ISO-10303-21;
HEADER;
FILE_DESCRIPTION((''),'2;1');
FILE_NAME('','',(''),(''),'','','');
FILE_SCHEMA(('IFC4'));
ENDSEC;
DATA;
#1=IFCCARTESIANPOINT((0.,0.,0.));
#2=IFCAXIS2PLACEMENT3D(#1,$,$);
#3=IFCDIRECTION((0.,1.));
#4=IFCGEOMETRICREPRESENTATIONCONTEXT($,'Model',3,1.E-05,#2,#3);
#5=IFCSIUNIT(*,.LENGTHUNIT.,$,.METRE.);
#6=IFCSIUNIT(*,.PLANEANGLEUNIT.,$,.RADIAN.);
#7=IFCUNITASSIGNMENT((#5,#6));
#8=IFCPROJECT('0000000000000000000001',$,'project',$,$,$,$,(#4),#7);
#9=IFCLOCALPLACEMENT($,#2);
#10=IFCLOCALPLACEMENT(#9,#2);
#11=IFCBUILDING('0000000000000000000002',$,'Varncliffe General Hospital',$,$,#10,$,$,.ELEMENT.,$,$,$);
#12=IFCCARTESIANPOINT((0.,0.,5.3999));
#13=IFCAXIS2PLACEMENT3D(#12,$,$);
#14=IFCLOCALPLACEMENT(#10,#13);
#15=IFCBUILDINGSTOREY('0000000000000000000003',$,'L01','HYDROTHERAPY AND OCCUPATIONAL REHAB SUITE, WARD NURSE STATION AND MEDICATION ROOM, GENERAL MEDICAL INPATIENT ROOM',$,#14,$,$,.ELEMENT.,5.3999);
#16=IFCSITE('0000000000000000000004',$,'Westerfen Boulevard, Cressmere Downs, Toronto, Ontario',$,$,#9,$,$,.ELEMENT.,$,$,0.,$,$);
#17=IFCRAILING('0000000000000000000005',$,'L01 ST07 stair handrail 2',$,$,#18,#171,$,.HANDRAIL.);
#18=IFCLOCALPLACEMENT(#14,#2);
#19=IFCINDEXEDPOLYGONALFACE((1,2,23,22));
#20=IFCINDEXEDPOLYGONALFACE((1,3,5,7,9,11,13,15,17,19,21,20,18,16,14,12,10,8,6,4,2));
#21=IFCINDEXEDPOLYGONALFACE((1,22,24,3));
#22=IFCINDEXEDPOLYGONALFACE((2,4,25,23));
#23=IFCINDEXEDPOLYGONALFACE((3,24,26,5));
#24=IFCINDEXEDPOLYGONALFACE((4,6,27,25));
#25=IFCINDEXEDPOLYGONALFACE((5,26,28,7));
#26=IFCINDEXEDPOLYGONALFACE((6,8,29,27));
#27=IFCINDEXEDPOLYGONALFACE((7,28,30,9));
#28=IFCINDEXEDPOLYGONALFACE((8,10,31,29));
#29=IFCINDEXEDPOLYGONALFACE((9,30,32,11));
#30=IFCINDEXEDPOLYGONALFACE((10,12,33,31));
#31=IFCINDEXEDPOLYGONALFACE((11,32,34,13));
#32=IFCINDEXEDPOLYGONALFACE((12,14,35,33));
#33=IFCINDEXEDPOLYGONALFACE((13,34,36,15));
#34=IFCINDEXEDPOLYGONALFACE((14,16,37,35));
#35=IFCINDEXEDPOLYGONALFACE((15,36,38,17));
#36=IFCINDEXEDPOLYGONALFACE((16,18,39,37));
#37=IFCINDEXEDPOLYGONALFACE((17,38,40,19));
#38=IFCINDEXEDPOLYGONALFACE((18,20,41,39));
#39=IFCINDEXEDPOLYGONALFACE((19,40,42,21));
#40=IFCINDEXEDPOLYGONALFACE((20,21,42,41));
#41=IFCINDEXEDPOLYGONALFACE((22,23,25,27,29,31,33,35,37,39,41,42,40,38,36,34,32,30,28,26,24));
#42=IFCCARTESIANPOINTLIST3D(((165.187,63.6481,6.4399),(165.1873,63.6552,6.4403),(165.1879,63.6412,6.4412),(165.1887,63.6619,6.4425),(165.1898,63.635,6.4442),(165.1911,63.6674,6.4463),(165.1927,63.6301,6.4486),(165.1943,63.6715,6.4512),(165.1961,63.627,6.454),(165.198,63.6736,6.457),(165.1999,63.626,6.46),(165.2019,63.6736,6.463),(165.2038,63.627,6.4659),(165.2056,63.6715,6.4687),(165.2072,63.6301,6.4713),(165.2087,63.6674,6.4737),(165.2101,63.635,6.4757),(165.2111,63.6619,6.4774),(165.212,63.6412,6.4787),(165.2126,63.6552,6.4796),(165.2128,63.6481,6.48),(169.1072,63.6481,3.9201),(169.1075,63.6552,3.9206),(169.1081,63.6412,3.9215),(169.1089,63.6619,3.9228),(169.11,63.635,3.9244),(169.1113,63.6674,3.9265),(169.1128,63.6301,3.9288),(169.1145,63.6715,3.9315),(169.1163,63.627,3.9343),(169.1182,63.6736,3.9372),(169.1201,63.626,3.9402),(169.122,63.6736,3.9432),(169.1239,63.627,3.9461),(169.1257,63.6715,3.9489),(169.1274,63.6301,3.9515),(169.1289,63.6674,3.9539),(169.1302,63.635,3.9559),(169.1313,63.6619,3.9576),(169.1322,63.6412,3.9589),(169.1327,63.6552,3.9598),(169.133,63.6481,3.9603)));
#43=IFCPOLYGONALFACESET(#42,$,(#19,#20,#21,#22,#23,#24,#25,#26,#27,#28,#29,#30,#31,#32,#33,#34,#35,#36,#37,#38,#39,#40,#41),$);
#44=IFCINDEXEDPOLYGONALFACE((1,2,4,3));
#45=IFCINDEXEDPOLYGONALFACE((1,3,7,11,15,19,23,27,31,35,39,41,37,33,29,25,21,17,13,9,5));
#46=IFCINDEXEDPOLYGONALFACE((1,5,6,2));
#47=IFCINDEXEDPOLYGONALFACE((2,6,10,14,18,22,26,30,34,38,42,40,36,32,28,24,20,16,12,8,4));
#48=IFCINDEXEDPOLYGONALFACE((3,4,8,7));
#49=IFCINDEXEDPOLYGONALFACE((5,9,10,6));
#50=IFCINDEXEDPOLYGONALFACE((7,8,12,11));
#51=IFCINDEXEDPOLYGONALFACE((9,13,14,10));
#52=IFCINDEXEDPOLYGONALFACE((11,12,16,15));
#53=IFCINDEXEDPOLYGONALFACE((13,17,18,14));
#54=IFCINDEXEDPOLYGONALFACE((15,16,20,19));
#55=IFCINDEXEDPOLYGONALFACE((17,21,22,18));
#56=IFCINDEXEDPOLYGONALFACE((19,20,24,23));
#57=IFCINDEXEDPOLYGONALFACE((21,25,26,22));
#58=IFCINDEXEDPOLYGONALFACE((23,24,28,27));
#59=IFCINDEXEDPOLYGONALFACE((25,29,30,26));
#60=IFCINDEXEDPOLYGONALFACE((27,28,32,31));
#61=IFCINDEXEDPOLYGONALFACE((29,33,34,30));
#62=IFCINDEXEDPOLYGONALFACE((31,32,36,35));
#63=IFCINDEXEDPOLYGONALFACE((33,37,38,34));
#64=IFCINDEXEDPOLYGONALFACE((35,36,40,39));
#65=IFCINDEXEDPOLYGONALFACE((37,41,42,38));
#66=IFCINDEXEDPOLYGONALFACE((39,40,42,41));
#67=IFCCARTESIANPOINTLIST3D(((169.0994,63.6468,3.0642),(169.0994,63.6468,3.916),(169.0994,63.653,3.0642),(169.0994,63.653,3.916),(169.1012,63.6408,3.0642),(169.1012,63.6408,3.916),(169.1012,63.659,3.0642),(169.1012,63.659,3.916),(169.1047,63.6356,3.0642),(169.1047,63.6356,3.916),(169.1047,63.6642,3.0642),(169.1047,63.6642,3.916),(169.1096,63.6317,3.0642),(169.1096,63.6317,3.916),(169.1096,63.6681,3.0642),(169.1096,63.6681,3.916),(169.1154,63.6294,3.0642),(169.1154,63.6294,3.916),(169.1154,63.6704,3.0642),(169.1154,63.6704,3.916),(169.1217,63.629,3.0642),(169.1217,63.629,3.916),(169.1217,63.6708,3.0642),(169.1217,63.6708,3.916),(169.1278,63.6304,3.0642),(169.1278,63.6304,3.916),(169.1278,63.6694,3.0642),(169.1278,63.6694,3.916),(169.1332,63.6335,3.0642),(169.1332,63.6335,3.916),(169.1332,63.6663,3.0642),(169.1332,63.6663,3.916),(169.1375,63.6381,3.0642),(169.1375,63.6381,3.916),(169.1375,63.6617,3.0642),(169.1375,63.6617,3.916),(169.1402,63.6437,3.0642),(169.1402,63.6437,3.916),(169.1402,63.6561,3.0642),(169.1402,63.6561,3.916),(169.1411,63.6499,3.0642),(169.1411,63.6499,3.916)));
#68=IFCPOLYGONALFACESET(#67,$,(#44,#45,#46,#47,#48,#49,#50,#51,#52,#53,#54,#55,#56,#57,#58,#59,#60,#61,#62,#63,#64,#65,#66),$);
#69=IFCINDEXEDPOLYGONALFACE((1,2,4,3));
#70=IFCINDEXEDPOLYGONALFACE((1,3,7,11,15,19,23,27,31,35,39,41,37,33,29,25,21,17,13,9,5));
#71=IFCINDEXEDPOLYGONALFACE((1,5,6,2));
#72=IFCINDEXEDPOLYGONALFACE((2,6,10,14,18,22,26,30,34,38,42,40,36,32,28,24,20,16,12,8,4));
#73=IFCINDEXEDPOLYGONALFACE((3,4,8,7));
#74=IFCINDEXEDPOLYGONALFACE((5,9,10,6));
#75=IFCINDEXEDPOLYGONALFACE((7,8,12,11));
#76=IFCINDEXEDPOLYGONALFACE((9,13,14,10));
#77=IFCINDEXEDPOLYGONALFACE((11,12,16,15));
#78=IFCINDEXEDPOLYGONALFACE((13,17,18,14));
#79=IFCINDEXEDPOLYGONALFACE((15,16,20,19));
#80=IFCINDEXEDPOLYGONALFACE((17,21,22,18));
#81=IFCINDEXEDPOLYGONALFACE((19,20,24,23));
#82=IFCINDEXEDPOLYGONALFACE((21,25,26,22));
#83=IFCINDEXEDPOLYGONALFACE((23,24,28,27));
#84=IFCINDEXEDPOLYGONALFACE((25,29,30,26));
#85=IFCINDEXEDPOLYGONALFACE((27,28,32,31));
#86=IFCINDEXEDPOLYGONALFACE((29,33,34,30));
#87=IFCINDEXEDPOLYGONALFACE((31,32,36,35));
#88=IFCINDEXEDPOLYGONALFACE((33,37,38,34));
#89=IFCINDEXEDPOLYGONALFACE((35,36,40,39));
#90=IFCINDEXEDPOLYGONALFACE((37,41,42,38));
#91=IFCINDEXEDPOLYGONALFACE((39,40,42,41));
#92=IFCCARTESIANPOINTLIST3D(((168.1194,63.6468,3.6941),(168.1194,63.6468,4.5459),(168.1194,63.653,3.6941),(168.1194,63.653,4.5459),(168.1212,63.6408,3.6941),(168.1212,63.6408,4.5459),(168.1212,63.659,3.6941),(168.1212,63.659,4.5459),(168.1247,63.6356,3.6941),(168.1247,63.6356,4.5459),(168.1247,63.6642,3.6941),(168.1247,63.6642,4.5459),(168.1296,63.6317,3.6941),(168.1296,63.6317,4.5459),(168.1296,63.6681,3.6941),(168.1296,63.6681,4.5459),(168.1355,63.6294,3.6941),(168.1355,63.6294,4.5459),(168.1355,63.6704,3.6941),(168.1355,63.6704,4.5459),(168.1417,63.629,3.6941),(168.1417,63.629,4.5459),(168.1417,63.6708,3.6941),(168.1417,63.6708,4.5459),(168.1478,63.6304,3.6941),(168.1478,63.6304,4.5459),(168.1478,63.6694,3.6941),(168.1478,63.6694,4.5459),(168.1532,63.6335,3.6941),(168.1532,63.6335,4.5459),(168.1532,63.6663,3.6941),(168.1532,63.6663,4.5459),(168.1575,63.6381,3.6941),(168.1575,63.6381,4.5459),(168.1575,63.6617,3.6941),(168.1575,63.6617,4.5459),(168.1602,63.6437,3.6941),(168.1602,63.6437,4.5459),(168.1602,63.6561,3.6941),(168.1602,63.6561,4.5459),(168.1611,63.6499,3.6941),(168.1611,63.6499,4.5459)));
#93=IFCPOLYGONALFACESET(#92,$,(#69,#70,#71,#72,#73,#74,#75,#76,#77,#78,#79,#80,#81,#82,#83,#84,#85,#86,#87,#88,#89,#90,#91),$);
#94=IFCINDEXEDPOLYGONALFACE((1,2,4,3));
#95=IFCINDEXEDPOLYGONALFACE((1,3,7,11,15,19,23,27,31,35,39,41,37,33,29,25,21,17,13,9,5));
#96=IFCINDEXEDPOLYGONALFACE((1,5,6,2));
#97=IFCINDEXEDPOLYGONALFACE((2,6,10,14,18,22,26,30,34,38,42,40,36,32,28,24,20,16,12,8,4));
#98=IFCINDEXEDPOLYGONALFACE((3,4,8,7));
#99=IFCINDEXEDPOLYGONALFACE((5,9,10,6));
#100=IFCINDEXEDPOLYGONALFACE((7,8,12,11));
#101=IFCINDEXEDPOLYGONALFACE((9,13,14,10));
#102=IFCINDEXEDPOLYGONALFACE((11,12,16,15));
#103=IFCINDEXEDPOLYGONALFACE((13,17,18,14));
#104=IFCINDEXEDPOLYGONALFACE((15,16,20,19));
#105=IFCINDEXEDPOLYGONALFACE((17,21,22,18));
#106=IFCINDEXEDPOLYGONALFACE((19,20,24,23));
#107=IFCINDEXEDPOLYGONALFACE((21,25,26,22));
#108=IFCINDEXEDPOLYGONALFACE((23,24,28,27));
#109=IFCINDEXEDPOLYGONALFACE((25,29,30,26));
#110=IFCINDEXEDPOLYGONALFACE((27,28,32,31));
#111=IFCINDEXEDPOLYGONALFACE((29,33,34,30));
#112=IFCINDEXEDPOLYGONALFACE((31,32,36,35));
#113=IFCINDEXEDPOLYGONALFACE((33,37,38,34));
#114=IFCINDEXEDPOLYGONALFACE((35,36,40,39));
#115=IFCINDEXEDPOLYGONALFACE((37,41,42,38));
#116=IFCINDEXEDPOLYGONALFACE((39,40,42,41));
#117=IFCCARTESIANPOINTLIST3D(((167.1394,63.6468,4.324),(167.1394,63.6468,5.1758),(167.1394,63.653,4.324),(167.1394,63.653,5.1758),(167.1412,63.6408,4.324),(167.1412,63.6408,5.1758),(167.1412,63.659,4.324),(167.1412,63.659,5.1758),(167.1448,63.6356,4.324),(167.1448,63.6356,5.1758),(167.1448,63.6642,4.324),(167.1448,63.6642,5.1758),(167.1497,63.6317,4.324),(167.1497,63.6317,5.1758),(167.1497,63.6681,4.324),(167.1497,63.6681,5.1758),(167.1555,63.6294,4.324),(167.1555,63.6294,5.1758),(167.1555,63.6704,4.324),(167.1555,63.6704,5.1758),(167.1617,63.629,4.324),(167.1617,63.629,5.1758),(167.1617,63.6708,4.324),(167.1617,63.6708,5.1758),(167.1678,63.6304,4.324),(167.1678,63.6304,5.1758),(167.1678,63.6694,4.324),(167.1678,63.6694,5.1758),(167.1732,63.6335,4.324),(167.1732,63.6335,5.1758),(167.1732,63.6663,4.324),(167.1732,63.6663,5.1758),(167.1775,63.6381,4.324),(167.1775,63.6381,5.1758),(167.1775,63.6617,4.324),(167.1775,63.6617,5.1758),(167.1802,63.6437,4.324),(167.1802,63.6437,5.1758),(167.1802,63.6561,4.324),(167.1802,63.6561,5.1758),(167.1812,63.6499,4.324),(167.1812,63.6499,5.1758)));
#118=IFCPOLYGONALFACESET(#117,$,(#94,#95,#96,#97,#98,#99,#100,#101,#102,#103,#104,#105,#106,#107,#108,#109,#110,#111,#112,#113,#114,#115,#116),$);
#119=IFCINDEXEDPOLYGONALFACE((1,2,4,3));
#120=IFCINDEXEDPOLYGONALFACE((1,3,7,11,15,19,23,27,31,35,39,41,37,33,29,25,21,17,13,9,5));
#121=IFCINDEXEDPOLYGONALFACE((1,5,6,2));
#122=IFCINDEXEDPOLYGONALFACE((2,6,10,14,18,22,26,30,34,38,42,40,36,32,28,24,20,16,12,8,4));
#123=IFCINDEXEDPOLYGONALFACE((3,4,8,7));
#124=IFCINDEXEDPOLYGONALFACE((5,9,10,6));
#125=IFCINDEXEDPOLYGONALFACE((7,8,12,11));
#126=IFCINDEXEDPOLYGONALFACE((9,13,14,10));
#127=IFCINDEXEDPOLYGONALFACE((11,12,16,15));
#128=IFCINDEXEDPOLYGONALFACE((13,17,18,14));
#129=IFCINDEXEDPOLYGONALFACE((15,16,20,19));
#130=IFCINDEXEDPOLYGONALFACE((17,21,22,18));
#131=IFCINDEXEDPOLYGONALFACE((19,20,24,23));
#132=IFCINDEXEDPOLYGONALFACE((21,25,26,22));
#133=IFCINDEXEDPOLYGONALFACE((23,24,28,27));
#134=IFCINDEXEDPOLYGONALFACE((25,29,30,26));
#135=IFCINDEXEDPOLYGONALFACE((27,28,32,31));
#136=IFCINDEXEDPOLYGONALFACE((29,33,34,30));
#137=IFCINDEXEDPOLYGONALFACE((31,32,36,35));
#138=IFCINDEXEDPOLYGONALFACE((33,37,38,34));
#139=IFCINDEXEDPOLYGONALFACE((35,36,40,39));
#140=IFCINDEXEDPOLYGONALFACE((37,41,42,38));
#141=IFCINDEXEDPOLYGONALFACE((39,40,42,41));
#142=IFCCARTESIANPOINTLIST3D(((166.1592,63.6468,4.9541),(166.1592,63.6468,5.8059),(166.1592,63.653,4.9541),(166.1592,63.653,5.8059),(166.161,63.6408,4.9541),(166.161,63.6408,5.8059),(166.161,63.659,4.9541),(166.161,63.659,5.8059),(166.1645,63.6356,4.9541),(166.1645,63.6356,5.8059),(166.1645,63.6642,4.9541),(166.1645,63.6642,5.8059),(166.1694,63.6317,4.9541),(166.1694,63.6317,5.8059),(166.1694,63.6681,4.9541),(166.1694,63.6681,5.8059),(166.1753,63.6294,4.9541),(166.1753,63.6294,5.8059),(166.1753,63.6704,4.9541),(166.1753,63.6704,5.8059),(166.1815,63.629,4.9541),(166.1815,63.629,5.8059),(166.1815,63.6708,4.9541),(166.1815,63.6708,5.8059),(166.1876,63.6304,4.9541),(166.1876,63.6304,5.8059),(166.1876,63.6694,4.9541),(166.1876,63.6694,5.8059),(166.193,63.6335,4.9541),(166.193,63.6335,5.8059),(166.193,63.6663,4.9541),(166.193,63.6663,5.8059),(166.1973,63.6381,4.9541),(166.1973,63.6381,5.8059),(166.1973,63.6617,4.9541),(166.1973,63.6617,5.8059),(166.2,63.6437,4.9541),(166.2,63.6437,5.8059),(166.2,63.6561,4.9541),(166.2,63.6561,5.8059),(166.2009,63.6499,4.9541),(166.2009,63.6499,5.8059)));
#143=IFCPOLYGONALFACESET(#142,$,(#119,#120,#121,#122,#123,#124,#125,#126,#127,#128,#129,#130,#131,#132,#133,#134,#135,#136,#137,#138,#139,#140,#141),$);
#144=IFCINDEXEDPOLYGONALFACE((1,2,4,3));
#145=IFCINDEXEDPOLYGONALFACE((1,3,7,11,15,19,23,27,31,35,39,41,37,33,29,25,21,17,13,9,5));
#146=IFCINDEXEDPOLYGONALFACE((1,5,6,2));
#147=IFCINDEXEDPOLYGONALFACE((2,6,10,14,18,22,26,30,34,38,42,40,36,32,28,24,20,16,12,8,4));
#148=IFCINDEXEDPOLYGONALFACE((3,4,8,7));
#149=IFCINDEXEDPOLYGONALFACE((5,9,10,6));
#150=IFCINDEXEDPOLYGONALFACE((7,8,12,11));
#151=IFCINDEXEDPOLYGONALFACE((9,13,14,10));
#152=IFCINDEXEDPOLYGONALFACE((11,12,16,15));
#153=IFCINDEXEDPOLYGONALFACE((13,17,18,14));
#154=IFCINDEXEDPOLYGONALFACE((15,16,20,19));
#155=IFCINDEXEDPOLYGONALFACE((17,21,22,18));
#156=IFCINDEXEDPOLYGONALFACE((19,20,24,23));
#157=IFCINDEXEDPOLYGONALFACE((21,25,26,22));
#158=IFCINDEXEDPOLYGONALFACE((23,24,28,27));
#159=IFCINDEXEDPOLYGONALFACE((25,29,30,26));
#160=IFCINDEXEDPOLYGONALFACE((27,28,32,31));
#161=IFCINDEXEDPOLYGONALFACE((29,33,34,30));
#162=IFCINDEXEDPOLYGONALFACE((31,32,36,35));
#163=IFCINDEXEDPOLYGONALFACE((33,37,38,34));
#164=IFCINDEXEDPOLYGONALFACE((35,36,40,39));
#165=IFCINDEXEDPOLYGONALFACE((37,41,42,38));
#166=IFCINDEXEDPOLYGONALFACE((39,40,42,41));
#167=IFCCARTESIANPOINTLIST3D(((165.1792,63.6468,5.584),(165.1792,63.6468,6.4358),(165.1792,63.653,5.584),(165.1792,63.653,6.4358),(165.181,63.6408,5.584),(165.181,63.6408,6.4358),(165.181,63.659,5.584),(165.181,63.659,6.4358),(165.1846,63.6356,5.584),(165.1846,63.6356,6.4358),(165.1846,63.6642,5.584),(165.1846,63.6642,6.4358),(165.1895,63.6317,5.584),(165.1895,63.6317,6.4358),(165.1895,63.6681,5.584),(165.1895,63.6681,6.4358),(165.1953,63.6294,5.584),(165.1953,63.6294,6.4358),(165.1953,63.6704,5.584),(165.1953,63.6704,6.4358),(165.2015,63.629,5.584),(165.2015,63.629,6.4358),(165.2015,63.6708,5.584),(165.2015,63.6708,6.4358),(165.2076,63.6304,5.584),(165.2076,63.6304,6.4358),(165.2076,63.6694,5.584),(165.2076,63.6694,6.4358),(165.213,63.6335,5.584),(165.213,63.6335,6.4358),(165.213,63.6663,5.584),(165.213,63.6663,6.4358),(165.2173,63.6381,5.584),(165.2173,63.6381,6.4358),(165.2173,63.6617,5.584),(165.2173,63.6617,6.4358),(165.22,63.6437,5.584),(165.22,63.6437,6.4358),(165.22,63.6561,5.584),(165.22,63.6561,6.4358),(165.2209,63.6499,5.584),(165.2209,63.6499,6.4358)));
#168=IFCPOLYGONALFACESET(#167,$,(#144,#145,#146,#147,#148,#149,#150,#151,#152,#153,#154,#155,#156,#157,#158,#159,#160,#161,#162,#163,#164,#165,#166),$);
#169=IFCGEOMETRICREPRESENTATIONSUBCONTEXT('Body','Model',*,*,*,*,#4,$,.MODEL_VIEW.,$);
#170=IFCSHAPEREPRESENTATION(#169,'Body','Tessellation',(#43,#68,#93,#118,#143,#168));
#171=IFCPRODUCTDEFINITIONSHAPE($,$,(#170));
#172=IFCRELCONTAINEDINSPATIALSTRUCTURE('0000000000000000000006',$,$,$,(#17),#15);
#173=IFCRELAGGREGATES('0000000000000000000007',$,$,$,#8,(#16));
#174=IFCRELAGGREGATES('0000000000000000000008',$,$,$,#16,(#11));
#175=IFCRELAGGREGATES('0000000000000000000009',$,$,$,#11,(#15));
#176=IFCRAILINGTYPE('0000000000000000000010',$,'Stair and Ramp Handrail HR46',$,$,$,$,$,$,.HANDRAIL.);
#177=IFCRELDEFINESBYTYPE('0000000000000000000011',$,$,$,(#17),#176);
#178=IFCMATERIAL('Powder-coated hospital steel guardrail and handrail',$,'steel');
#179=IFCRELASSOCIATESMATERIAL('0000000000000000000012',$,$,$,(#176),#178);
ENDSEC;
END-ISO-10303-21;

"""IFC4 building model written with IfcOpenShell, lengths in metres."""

from ifc_helpers import new_model, si_unit, direction, frame, origin, origin_2d, place, context, subcontext, project, spatial, circle, extrude, material, type_object, element, save


model = new_model("IFC4")

# Units and contexts
model_context = context("Model", 3, precision=1e-05, world=origin(), true_north=direction((0.0, 1.0)))
body_context = subcontext(model_context, "Body", "Model", "MODEL_VIEW")
ifc_project = project(units=[si_unit("LENGTHUNIT", "METRE"), si_unit("PLANEANGLEUNIT", "RADIAN")], contexts=[model_context])

# Site, building, storey
site_placement = place(None, origin())
site = spatial("IfcSite", under=ifc_project, at=site_placement, Name="Westerfen Boulevard, Cressmere Downs, Toronto, Ontario", CompositionType="ELEMENT", RefElevation=0.0)
building_placement = place(site_placement, origin())
building = spatial("IfcBuilding", under=site, at=building_placement, Name="Varncliffe General Hospital", CompositionType="ELEMENT")
storey_placement = place(building_placement, frame((0.0, 0.0, 5.3999)))
storey = spatial("IfcBuildingStorey", under=building, at=storey_placement, Name="L01", Description="HYDROTHERAPY AND OCCUPATIONAL REHAB SUITE, WARD NURSE STATION AND MEDICATION ROOM, GENERAL MEDICAL INPATIENT ROOM", CompositionType="ELEMENT", Elevation=5.3999)

# Railing
ifc_material_1 = material(Name="Powder-coated hospital steel guardrail and handrail", Category="steel")
railing_type_1 = type_object("IfcRailingType", Name="Stair and Ramp Handrail HR46", PredefinedType="HANDRAIL", material=ifc_material_1)
railing_1_placement = place(storey_placement, frame((169.1201, 63.6499, 3.0642)))
element("IfcRailing", 1, at=railing_1_placement, inside=storey, type_object=railing_type_1, Name="L01 ST07 stair handrail 2", PredefinedType="HANDRAIL", context=body_context, shape_type="SweptSolid", body=[
    extrude(circle(Radius=0.0239, at=origin_2d()), frame((0.0, 0.0, 0.876), z_axis=(-0.841211, 0.0, 0.540707), x_axis=(0.0, -1.0, 0.0)), (0.0, 0.0, 1.0), 4.6602),
    extrude(circle(Radius=0.021, at=origin_2d()), origin(), (0.0, 0.0, 1.0), 0.8518),
    extrude(circle(Radius=0.021, at=origin_2d()), frame((-0.98, 0.0, 0.6299)), (0.0, 0.0, 1.0), 0.8518),
    extrude(circle(Radius=0.021, at=origin_2d()), frame((-1.96, 0.0, 1.2598)), (0.0, 0.0, 1.0), 0.8518),
    extrude(circle(Radius=0.021, at=origin_2d()), frame((-2.9402, 0.0, 1.8899)), (0.0, 0.0, 1.0), 0.8518),
    extrude(circle(Radius=0.021, at=origin_2d()), frame((-3.9202, 0.0, 2.5198)), (0.0, 0.0, 1.0), 0.8518),
])

save(model, "model.ifc")
